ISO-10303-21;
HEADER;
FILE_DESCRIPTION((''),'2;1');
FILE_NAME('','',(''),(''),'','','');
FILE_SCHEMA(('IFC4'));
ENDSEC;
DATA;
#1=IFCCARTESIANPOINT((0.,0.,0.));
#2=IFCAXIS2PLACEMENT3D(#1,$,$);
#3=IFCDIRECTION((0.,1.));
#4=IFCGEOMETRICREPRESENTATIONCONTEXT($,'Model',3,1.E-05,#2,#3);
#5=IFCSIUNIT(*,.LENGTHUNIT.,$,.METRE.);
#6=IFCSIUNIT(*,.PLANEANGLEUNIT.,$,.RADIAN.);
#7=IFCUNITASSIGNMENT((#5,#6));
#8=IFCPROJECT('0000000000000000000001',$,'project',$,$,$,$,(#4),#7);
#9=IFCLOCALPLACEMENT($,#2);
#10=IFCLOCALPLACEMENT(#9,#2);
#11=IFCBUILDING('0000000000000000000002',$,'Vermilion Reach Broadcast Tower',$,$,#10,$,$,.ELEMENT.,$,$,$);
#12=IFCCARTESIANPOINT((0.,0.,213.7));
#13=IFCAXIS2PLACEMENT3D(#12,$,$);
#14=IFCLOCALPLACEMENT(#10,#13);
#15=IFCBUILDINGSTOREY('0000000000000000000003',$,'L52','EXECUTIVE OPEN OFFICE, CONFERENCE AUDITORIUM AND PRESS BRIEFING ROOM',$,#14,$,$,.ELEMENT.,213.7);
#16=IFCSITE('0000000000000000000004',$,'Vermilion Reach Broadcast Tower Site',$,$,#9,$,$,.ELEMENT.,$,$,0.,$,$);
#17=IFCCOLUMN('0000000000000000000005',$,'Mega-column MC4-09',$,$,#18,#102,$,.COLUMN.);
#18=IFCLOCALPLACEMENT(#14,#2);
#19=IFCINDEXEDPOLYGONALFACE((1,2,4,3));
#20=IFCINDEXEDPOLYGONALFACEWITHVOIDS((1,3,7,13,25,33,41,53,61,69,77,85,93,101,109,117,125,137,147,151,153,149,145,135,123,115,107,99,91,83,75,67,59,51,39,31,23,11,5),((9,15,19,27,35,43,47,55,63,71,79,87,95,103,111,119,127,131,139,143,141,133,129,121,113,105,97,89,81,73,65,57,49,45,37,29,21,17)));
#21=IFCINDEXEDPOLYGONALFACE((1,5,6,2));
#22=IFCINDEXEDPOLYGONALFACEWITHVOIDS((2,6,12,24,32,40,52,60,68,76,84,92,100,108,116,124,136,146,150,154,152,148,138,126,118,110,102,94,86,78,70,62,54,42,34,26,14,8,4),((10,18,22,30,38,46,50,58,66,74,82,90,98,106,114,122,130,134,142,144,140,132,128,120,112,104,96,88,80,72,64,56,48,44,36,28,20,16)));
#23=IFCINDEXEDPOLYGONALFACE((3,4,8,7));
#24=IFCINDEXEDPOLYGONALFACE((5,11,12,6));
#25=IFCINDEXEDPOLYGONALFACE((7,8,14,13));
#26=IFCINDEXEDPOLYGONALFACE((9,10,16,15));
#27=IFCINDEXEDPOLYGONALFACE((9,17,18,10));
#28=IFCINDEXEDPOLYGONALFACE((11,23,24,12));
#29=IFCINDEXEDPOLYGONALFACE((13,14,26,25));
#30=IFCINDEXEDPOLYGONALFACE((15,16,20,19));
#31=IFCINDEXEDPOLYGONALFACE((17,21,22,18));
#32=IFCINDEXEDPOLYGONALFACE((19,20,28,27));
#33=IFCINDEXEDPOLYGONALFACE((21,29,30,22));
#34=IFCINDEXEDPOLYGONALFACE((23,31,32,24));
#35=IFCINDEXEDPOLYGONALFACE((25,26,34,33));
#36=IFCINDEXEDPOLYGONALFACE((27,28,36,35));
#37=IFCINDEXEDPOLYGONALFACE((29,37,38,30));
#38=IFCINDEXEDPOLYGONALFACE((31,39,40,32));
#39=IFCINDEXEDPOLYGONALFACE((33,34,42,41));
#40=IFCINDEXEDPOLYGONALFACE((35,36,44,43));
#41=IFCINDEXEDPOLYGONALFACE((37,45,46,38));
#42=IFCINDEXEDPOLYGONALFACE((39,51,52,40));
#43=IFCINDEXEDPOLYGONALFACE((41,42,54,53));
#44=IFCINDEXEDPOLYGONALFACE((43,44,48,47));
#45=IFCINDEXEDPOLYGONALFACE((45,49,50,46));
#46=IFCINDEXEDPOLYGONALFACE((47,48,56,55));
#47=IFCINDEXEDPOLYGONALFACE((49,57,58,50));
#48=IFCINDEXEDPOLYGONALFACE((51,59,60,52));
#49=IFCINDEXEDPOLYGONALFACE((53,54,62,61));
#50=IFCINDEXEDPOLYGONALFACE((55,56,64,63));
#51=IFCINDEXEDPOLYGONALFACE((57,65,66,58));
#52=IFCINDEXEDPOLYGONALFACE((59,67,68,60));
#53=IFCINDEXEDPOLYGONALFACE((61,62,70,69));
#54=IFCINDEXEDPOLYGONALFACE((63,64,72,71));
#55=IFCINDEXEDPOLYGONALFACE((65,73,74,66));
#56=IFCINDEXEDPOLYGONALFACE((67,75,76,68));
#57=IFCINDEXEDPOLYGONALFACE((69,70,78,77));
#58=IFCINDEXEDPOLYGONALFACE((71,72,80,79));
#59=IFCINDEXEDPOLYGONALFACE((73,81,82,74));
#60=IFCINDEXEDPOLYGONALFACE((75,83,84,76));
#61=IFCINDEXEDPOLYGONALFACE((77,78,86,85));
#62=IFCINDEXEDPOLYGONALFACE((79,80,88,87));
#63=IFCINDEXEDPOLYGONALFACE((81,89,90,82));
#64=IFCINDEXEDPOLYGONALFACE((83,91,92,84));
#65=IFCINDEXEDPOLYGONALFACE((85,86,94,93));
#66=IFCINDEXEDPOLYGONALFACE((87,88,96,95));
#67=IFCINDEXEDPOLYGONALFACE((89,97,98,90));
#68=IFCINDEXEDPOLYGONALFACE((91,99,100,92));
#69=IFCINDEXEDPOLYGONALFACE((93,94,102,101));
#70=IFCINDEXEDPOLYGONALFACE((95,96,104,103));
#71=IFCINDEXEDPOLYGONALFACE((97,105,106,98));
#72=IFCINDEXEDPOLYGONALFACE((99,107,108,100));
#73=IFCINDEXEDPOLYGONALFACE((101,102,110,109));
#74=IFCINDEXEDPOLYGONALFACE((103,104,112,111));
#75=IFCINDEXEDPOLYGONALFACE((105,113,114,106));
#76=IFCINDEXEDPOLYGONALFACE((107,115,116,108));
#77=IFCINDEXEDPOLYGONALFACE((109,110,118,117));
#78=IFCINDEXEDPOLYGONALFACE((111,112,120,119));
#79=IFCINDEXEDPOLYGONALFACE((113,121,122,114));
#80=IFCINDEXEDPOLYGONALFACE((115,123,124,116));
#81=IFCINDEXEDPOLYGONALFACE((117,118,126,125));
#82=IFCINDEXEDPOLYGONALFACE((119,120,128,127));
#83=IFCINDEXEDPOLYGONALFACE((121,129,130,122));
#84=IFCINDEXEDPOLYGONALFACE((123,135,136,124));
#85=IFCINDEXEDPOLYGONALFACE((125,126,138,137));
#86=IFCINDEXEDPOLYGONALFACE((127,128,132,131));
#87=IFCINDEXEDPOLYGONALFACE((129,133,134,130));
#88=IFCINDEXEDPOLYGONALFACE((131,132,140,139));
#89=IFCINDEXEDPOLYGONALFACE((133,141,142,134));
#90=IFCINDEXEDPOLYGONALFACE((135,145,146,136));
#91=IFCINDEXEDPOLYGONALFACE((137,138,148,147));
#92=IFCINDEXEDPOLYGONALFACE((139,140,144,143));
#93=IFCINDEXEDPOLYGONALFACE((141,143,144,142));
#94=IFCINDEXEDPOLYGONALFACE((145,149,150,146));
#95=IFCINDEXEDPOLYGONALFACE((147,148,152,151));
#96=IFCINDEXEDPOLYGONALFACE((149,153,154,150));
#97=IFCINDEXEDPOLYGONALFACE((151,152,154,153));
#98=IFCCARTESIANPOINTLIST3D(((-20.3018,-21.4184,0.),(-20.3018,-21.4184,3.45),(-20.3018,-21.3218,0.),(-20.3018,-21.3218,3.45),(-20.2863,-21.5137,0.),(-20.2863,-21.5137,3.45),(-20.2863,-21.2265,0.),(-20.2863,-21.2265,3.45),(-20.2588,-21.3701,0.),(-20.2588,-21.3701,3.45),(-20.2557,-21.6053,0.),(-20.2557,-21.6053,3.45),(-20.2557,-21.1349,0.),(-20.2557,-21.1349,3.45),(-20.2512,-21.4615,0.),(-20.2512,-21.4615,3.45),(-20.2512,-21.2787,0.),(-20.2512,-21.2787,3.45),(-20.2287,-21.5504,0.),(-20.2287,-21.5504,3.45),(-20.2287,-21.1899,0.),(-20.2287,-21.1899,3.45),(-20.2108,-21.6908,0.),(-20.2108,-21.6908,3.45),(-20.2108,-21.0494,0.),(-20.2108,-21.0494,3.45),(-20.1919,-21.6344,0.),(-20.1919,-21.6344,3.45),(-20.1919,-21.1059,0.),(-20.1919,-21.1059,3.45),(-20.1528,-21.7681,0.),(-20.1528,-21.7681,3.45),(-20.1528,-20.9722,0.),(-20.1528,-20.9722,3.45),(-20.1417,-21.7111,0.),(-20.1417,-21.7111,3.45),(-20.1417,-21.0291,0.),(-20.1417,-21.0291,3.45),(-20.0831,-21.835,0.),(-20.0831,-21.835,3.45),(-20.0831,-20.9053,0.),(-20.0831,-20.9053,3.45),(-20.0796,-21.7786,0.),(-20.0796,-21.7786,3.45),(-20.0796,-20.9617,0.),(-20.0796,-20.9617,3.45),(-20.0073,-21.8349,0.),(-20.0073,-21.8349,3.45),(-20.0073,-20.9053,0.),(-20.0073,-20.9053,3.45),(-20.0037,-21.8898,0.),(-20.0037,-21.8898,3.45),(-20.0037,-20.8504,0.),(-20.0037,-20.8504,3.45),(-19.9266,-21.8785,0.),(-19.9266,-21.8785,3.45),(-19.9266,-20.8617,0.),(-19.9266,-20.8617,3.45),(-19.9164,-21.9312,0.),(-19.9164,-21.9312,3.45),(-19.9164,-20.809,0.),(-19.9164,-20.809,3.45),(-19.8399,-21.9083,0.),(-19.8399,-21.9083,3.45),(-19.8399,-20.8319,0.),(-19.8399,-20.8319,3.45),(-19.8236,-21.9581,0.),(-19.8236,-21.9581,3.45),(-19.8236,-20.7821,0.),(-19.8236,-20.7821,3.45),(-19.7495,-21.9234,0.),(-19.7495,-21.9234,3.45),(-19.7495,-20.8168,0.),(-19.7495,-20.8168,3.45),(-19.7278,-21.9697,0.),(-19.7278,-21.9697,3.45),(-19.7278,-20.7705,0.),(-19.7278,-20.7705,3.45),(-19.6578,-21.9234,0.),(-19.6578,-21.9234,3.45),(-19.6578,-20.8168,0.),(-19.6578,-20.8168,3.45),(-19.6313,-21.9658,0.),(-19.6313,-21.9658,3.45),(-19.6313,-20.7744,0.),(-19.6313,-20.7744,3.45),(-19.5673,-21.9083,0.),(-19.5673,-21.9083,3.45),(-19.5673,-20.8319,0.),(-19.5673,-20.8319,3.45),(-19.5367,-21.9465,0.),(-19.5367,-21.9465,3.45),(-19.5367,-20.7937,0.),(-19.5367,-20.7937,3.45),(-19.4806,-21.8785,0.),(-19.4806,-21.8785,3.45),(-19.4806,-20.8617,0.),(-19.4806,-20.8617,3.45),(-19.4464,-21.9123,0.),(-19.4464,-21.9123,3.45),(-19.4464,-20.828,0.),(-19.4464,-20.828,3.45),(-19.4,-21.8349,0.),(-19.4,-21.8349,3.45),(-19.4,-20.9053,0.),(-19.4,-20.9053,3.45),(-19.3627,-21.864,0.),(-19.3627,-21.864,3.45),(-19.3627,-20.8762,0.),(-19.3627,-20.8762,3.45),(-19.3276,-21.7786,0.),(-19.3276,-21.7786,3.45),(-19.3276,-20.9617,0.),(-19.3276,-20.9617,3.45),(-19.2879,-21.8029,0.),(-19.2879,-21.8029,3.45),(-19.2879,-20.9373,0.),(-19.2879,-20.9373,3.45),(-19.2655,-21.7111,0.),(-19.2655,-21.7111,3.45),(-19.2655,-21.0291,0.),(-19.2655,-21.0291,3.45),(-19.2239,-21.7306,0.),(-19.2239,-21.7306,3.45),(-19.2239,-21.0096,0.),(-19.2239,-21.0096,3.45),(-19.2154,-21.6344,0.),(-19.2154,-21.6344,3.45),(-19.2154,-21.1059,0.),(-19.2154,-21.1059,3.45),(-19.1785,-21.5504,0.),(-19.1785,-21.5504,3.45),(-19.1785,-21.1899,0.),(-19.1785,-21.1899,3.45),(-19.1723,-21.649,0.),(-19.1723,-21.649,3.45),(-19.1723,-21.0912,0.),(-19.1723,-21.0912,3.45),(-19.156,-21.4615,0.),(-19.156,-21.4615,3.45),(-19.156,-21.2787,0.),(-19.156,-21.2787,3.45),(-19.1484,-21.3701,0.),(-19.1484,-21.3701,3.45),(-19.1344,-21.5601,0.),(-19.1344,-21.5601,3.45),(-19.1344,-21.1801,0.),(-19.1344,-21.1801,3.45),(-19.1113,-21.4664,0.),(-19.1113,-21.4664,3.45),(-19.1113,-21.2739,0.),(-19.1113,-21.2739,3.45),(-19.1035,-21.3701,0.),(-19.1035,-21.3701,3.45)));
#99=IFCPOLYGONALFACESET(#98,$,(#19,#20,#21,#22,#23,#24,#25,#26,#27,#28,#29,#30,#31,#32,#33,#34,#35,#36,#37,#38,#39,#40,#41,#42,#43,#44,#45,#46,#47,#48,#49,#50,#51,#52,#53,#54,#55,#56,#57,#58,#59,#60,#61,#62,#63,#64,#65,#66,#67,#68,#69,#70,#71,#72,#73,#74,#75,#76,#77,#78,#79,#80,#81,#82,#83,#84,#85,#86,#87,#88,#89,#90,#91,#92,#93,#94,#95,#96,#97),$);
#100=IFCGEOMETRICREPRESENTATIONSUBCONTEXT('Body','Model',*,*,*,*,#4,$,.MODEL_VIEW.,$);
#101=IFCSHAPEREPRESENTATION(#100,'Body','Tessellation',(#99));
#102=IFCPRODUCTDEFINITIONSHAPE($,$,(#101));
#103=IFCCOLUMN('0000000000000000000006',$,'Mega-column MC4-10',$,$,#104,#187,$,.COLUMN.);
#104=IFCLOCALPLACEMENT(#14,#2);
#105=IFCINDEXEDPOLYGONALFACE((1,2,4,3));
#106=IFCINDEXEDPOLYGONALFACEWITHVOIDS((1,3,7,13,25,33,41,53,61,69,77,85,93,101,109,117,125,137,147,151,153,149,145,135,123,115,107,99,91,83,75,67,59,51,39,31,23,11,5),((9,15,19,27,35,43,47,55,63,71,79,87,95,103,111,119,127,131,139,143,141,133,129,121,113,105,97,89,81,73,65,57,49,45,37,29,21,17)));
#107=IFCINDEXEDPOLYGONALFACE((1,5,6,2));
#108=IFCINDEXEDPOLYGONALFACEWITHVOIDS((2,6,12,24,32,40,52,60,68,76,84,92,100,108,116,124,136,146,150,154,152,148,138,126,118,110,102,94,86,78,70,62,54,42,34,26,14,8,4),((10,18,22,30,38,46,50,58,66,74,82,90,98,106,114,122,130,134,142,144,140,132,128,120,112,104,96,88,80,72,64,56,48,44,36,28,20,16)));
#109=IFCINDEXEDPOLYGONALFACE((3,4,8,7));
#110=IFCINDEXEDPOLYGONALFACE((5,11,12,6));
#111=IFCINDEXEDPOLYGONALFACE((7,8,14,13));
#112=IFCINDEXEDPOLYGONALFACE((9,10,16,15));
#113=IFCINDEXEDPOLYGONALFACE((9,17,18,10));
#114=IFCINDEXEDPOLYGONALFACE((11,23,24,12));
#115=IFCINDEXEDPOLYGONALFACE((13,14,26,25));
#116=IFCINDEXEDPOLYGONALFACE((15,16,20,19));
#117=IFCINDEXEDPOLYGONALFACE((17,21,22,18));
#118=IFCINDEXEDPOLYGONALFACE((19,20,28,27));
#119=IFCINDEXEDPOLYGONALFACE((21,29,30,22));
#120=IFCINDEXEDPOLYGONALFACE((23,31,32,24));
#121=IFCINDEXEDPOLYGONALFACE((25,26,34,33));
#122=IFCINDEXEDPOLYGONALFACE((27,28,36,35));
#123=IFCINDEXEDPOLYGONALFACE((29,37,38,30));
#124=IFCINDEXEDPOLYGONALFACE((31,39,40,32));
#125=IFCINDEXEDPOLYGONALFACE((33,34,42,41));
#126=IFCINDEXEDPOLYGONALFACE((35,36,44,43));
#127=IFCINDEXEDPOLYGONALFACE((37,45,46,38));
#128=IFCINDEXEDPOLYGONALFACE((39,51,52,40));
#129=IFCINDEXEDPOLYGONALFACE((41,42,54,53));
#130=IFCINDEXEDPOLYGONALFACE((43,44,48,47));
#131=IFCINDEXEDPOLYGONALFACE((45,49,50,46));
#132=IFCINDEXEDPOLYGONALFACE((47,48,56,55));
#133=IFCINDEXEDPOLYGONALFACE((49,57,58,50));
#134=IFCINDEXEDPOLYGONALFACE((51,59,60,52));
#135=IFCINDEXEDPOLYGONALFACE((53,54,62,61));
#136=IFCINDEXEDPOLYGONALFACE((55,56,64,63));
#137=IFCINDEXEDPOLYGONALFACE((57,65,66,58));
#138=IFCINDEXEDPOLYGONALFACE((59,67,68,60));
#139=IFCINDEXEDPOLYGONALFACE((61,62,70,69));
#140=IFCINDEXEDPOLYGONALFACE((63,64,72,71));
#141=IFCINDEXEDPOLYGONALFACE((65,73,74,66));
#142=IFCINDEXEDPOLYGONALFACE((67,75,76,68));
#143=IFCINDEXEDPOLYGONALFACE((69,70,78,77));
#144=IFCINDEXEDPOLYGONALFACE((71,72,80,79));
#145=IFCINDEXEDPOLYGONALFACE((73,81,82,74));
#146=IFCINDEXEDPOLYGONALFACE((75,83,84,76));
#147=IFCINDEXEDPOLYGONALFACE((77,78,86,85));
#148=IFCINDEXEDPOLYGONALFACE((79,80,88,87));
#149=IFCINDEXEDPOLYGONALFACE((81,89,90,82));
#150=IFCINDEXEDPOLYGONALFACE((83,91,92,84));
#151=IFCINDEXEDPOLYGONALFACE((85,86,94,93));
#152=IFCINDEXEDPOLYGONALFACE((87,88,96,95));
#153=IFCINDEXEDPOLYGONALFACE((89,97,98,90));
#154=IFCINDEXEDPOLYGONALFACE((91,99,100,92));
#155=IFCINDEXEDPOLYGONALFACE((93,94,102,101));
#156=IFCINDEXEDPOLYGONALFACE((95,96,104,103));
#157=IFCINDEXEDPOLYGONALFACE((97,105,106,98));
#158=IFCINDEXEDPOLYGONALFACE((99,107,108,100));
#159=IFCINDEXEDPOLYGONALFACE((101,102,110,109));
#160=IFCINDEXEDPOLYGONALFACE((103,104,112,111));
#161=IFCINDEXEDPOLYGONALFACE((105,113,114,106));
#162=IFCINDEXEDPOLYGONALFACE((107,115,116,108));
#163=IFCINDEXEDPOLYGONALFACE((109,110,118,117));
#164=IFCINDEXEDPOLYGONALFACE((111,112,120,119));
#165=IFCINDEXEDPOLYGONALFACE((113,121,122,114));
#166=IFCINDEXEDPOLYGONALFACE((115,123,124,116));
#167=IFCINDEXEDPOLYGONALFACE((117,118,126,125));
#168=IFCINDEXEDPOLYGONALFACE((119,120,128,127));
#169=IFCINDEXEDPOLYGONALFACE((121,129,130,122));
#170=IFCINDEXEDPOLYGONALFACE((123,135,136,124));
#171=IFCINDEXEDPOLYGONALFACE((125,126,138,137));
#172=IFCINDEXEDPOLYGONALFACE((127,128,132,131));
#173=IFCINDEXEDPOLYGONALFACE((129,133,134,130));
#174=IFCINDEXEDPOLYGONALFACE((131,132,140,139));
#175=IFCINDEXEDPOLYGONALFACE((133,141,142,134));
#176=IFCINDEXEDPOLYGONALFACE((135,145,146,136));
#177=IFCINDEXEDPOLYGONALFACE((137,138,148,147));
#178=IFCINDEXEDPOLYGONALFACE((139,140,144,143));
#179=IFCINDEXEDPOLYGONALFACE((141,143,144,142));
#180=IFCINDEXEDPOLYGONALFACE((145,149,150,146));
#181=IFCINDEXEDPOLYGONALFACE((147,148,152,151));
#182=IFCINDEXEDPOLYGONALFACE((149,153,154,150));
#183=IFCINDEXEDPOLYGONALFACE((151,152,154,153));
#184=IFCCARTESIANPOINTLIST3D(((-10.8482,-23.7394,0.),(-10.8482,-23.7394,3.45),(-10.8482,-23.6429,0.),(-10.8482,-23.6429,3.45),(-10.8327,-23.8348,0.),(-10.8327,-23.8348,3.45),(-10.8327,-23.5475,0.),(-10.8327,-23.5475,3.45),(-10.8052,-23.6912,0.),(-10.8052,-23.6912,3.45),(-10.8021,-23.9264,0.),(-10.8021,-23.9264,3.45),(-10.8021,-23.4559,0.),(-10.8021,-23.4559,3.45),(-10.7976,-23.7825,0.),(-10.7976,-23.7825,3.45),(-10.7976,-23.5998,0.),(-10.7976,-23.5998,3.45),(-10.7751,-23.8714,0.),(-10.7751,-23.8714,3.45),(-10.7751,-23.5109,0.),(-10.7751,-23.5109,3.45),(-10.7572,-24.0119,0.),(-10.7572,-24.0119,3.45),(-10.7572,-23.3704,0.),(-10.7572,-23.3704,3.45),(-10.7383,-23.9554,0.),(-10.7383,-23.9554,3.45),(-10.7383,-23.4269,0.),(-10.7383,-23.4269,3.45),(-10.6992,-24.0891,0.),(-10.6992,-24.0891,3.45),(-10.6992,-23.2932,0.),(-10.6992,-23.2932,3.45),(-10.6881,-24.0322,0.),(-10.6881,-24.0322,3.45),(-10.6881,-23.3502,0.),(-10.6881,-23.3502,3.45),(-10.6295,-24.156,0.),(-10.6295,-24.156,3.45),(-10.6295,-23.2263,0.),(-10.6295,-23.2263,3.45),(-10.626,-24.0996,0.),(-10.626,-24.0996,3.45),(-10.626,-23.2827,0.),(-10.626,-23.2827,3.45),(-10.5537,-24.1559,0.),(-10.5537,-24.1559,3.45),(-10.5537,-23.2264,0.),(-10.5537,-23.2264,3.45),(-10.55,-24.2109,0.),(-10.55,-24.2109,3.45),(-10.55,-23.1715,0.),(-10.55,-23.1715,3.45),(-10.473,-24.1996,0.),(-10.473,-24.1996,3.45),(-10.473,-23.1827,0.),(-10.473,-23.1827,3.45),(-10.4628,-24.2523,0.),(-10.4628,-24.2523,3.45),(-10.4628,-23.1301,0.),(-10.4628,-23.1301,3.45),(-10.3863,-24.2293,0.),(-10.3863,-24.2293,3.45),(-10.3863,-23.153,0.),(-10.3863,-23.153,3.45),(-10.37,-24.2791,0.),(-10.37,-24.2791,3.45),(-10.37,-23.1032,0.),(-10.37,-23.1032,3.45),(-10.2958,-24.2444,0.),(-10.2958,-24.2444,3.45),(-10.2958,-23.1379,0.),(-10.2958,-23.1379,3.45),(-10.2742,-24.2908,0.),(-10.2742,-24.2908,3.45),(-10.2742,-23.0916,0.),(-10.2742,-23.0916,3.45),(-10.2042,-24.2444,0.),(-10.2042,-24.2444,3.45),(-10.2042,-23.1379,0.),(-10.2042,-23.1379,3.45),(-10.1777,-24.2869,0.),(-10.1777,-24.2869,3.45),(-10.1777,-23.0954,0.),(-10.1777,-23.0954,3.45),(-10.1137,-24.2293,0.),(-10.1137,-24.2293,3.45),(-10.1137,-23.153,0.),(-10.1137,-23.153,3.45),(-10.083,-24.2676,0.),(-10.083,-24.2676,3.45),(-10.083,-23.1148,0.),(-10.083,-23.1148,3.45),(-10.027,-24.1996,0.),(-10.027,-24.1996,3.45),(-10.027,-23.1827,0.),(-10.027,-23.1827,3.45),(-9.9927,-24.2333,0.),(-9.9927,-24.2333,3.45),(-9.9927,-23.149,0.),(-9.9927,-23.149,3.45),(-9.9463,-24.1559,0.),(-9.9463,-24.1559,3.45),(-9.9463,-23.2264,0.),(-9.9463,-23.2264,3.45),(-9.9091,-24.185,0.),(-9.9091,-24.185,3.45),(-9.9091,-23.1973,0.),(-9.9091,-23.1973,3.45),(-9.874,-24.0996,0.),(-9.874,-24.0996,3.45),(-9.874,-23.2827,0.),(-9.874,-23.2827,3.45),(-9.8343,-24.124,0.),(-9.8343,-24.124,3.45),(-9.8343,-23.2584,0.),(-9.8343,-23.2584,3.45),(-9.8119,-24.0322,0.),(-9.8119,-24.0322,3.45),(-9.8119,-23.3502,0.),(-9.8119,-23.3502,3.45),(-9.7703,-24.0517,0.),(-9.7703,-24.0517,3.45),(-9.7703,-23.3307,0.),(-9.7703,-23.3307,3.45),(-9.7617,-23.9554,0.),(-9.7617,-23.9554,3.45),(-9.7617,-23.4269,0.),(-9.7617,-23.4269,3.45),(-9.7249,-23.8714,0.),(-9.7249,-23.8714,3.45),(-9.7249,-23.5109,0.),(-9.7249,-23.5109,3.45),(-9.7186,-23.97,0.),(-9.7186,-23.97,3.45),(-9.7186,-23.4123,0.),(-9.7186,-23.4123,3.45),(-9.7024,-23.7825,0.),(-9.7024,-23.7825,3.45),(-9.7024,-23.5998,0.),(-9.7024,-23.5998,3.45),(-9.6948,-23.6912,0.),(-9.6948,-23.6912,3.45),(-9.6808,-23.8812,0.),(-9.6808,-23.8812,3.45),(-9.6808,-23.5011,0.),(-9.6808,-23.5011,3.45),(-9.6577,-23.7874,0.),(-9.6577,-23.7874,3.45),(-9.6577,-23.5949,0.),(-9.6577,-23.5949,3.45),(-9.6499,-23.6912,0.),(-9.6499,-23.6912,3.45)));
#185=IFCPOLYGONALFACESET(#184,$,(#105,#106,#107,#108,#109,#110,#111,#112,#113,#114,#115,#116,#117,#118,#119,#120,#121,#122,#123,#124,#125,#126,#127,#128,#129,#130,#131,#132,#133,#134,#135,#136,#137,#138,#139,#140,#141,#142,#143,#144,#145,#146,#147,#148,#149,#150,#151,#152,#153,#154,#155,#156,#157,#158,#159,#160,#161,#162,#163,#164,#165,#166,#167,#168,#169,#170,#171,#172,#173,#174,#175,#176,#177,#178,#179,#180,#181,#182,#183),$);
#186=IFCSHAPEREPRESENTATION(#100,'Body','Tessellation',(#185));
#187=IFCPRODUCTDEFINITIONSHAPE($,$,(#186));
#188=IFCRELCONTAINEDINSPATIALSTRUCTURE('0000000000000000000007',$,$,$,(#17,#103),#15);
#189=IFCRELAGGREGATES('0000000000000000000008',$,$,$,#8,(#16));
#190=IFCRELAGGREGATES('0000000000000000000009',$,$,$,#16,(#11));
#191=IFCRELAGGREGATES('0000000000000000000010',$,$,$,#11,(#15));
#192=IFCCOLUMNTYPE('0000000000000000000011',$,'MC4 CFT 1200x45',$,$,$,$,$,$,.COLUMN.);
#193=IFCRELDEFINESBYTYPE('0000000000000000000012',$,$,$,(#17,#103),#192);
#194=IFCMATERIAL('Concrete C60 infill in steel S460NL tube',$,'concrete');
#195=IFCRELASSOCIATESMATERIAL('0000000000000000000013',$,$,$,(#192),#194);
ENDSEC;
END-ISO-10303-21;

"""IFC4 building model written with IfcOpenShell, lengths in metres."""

from ifc_helpers import new_model, si_unit, direction, frame, origin, origin_2d, place, context, subcontext, project, spatial, hollow_circle, extrude, material, material_profile, profile_set, type_object, element, save


model = new_model("IFC4")

# Units and contexts
model_context = context("Model", 3, precision=1e-05, world=origin(), true_north=direction((0.0, 1.0)))
body_context = subcontext(model_context, "Body", "Model", "MODEL_VIEW")
ifc_project = project(units=[si_unit("LENGTHUNIT", "METRE"), si_unit("PLANEANGLEUNIT", "RADIAN")], contexts=[model_context])

# Site, building, storey
site_placement = place(None, origin())
site = spatial("IfcSite", under=ifc_project, at=site_placement, Name="Vermilion Reach Broadcast Tower Site", CompositionType="ELEMENT", RefElevation=0.0)
building_placement = place(site_placement, origin())
building = spatial("IfcBuilding", under=site, at=building_placement, Name="Vermilion Reach Broadcast Tower", CompositionType="ELEMENT")
storey_placement = place(building_placement, frame((0.0, 0.0, 213.7)))
storey = spatial("IfcBuildingStorey", under=building, at=storey_placement, Name="L52", Description="EXECUTIVE OPEN OFFICE, CONFERENCE AUDITORIUM AND PRESS BRIEFING ROOM", CompositionType="ELEMENT", Elevation=213.7)

# Columns
ifc_material_1 = material(Name="Concrete C60 infill in steel S460NL tube", Category="concrete")
ifc_material_profile_1 = material_profile(ifc_material_1, hollow_circle(Radius=0.6001, WallThickness=0.0449, at=origin_2d()), Name="Concrete C60 infill in steel S460NL tube CFT 1200x45")
ifc_profile_set_1 = profile_set([ifc_material_profile_1], Name="Concrete C60 infill in steel S460NL tube")
column_type = type_object("IfcColumnType", Name="MC4 CFT 1200x45", PredefinedType="COLUMN", material=ifc_profile_set_1)
for number, where, z_axis, x_axis, name in (
    (1, (-19.7036, -21.3701, 0.0), (0.0, 0.0, 1.0), (1.0, 0.0, 0.0), "Mega-column MC4-09"),
    (2, (-10.25, -23.6912, 0.0), (0.0, 0.0, 1.0), (1.0, 0.0, 0.0), "Mega-column MC4-10"),
):
    element("IfcColumn", number, at=place(storey_placement, frame(where, z_axis=z_axis, x_axis=x_axis)), inside=storey, type_object=column_type, Name=name, PredefinedType="COLUMN", context=body_context, shape_type="SweptSolid", body=[
        extrude(hollow_circle(Radius=0.6001, WallThickness=0.0449, at=origin_2d()), origin(), (0.0, 0.0, 1.0), 3.45),
    ])

save(model, "model.ifc")
